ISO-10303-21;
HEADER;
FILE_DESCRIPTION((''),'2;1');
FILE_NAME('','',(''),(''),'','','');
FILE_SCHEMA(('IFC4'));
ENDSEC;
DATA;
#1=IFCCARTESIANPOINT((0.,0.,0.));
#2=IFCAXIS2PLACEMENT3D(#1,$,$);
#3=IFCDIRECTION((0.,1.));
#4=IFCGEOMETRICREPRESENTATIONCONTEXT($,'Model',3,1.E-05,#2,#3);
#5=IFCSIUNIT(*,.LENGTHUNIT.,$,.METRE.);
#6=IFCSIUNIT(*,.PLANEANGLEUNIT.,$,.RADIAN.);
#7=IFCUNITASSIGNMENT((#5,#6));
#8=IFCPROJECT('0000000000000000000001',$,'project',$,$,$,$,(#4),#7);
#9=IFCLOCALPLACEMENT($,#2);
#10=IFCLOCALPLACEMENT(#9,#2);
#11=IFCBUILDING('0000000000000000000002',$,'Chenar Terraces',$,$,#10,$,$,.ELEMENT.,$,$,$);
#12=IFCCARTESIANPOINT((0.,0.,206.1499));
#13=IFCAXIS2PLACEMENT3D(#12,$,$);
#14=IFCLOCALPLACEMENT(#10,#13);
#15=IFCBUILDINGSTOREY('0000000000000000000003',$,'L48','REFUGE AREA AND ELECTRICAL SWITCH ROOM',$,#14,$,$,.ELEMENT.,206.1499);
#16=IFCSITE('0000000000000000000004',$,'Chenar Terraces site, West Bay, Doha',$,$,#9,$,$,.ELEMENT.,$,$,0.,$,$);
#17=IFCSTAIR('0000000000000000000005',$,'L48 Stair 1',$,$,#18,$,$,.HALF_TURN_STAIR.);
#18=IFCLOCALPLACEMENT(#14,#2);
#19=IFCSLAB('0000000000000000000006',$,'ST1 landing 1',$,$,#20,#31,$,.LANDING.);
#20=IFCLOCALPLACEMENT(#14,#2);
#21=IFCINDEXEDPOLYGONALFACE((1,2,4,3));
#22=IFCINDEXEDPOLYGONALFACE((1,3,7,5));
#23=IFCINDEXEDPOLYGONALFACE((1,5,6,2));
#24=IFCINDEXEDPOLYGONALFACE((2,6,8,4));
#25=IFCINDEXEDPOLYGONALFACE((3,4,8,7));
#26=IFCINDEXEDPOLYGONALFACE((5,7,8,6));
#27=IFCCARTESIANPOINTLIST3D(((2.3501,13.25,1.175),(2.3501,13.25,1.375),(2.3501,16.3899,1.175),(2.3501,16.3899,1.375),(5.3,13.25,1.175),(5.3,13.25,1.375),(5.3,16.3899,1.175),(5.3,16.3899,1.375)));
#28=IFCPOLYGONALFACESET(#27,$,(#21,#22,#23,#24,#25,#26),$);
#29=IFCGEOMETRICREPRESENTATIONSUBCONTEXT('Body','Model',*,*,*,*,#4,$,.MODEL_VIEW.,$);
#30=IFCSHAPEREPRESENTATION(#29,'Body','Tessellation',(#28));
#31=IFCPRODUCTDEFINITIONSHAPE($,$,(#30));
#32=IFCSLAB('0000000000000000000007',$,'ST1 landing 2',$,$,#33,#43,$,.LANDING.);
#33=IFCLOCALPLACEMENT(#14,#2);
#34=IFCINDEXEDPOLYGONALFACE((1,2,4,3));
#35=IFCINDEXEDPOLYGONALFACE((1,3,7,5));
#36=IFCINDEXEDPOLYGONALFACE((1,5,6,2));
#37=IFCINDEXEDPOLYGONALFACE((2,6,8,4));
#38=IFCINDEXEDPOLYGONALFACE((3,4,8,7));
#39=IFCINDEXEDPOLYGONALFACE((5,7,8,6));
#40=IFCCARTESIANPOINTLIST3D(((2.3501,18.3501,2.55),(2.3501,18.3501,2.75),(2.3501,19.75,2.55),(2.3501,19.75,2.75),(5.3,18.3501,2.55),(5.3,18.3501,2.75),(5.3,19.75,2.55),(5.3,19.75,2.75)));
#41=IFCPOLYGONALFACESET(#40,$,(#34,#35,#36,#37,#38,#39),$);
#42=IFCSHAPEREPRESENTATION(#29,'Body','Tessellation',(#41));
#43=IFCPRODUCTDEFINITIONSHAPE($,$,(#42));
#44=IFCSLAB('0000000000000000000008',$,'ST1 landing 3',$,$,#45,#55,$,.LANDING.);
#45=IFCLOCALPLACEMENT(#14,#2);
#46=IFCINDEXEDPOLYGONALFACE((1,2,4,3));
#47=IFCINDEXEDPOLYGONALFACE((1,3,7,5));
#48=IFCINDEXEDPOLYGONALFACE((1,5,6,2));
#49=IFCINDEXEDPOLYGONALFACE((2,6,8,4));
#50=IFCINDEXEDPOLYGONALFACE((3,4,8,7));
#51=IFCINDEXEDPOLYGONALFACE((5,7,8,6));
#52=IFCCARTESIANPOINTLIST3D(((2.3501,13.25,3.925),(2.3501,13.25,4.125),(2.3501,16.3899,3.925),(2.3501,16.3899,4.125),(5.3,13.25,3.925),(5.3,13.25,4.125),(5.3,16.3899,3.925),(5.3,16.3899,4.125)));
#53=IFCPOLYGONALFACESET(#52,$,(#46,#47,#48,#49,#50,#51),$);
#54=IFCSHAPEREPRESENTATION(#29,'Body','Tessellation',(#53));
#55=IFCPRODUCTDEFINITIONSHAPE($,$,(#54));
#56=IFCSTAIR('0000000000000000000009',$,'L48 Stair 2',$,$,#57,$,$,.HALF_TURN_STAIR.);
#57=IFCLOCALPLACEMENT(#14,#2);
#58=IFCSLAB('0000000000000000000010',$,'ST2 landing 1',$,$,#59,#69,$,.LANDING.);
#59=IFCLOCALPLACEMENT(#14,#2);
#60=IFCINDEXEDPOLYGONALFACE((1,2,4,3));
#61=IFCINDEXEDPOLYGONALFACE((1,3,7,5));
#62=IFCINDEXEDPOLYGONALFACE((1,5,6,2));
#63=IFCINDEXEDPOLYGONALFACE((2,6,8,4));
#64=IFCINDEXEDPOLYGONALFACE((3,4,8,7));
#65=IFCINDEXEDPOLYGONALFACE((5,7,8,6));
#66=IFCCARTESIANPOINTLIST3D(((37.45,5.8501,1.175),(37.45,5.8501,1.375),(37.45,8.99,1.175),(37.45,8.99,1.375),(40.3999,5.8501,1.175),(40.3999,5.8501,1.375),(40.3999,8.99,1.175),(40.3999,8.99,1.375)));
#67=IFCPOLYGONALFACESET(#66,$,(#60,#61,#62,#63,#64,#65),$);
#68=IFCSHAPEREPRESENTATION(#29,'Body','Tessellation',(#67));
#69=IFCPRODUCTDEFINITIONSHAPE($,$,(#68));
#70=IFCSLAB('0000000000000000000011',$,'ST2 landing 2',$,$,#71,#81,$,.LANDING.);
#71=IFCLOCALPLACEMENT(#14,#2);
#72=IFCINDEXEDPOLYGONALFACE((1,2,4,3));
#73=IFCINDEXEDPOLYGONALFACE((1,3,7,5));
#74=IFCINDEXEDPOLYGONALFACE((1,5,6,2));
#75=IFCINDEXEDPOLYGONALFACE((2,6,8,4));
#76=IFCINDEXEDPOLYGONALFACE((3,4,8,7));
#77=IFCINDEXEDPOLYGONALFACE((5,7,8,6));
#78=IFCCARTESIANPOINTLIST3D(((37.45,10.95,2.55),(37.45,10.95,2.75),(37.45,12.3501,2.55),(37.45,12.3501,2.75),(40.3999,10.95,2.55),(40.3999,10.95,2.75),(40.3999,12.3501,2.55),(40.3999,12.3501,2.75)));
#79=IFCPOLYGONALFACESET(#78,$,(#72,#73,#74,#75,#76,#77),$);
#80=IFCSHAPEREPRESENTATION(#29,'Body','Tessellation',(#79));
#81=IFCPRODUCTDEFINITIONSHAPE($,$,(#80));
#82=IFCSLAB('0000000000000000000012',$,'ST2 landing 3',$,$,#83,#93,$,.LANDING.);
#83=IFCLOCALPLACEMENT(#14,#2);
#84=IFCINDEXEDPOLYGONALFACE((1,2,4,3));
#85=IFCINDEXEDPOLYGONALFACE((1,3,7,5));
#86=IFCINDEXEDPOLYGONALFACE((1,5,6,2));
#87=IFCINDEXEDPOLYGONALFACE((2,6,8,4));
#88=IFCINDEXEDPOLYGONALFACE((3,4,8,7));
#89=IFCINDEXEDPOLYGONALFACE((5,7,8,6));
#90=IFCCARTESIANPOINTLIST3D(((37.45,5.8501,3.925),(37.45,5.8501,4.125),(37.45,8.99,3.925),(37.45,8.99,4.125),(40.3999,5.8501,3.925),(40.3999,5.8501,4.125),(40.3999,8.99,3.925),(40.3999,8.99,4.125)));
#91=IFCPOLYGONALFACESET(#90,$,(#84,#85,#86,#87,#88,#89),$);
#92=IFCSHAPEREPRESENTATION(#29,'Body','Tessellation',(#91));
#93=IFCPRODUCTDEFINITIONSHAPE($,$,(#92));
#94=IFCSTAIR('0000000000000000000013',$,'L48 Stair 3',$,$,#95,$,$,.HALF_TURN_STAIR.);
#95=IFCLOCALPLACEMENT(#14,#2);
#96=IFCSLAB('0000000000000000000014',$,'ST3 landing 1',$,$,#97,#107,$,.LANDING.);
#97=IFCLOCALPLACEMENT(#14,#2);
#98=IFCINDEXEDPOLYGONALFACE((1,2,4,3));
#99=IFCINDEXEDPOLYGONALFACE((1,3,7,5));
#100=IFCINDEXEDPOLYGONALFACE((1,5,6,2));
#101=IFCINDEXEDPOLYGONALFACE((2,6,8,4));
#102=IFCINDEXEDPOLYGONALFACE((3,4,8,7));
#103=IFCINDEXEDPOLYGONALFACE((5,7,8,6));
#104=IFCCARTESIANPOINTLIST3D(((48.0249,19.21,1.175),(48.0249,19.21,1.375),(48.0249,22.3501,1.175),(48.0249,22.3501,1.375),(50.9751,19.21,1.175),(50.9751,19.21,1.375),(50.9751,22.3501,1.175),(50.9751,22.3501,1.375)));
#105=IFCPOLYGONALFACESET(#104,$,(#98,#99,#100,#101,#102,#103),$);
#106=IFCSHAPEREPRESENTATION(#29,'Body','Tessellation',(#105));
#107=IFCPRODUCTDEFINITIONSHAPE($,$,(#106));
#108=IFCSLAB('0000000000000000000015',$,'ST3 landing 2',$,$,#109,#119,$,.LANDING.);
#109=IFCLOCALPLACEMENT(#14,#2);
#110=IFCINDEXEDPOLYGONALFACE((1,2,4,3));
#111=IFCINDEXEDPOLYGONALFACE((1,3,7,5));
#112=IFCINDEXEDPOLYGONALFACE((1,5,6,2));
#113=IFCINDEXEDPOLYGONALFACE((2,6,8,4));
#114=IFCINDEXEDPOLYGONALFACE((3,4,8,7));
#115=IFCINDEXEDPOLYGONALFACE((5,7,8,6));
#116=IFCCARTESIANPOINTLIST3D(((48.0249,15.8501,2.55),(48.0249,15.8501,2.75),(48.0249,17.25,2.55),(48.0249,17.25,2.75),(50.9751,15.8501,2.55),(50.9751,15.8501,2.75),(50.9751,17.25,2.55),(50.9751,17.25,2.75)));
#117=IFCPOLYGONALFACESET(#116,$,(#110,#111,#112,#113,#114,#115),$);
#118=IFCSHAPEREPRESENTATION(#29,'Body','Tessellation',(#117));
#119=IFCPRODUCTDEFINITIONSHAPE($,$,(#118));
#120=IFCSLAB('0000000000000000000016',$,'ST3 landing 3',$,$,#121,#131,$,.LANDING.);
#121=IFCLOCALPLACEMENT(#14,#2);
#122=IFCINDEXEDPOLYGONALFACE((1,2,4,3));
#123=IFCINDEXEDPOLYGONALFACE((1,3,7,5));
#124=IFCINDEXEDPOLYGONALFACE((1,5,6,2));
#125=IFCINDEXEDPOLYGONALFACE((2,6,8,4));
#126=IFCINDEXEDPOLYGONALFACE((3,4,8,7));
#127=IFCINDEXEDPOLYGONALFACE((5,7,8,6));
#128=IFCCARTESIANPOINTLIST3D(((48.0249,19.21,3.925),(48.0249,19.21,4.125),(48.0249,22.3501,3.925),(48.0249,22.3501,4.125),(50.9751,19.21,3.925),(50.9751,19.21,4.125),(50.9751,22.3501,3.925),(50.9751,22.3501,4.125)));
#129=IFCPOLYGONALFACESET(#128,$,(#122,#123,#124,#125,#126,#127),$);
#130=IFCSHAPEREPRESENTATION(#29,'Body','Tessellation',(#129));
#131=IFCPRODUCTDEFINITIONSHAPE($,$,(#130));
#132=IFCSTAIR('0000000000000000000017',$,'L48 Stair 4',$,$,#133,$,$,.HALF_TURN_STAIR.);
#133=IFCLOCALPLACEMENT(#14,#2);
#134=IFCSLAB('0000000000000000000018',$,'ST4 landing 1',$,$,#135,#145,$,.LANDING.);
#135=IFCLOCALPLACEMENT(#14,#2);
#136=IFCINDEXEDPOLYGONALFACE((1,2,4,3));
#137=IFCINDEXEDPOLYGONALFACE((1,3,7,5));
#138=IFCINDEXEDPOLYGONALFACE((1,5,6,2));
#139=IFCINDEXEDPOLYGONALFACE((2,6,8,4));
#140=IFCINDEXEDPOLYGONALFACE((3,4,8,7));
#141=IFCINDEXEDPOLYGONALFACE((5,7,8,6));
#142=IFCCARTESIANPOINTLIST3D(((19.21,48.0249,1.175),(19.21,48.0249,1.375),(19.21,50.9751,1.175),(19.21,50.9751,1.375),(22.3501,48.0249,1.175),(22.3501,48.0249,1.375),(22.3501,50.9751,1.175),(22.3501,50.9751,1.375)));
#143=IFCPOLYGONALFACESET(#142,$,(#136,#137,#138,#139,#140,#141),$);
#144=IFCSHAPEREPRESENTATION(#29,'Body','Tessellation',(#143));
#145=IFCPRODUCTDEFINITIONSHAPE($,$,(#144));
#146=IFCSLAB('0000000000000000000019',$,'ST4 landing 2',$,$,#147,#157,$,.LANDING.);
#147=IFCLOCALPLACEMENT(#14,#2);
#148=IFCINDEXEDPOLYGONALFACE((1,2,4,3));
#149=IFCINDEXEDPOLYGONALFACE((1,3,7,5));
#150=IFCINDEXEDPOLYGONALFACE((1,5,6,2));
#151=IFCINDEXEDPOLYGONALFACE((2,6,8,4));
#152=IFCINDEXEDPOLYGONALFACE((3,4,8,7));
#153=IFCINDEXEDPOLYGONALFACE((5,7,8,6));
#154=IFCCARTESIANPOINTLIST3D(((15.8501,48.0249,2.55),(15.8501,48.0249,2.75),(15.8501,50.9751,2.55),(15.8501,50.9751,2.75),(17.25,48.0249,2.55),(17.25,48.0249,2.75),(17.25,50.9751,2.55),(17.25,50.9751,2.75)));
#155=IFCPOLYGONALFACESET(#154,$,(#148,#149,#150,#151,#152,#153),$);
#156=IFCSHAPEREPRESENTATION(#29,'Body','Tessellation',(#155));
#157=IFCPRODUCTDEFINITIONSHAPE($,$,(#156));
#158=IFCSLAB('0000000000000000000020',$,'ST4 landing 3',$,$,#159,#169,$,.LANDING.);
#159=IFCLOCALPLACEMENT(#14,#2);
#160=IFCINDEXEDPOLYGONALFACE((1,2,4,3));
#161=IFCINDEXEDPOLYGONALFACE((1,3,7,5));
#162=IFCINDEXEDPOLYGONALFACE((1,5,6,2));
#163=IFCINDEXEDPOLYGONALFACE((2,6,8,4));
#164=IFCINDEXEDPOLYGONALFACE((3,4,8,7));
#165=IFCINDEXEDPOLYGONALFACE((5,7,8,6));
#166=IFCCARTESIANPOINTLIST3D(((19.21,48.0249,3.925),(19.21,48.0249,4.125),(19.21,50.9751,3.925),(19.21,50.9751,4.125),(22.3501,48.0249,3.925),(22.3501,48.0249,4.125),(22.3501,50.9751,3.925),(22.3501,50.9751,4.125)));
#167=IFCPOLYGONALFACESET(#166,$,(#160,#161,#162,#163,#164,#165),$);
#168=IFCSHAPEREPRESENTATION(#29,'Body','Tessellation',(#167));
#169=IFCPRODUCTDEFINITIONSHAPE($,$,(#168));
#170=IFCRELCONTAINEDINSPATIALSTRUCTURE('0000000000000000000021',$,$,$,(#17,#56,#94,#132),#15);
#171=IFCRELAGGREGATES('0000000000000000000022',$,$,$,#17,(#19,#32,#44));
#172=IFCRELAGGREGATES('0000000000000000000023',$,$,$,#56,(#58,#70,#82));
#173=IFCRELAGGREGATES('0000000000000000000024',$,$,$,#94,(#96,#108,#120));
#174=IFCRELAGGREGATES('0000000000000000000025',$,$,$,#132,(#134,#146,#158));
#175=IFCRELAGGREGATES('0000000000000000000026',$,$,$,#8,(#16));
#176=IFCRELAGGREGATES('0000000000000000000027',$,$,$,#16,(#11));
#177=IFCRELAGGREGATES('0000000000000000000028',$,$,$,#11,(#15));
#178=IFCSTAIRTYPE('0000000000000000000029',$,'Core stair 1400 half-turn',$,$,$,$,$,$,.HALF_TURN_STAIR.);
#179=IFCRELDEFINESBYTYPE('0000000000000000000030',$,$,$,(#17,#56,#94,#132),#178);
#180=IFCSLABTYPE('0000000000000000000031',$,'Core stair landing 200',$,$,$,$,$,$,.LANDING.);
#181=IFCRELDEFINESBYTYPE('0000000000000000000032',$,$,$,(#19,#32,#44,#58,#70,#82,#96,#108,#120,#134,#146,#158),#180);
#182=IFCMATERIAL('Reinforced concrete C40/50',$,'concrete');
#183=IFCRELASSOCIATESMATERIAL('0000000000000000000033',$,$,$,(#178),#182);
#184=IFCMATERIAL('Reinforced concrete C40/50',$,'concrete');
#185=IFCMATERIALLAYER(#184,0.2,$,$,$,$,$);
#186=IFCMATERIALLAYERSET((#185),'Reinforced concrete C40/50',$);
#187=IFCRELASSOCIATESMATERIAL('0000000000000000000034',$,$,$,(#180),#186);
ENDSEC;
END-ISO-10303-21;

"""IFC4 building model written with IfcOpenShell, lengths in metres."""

from ifc_helpers import new_model, si_unit, direction, frame, origin, place, context, subcontext, project, spatial, polyline, outline, extrude, material, layer, layer_set, type_object, element, aggregate, save


model = new_model("IFC4")

# Units and contexts
model_context = context("Model", 3, precision=1e-05, world=origin(), true_north=direction((0.0, 1.0)))
body_context = subcontext(model_context, "Body", "Model", "MODEL_VIEW")
ifc_project = project(units=[si_unit("LENGTHUNIT", "METRE"), si_unit("PLANEANGLEUNIT", "RADIAN")], contexts=[model_context])

# Site, building, storey
site_placement = place(None, origin())
site = spatial("IfcSite", under=ifc_project, at=site_placement, Name="Chenar Terraces site, West Bay, Doha", CompositionType="ELEMENT", RefElevation=0.0)
building_placement = place(site_placement, origin())
building = spatial("IfcBuilding", under=site, at=building_placement, Name="Chenar Terraces", CompositionType="ELEMENT")
storey_placement = place(building_placement, frame((0.0, 0.0, 206.1499)))
storey = spatial("IfcBuildingStorey", under=building, at=storey_placement, Name="L48", Description="REFUGE AREA AND ELECTRICAL SWITCH ROOM", CompositionType="ELEMENT", Elevation=206.1499)

# Stairs, slabs
ifc_material_1 = material(Name="Reinforced concrete C40/50", Category="concrete")
stair_type = type_object("IfcStairType", Name="Core stair 1400 half-turn", PredefinedType="HALF_TURN_STAIR", material=ifc_material_1)
placement_1 = place(storey_placement, origin())
stair_1 = element("IfcStair", 1, at=placement_1, inside=storey, type_object=stair_type, Name="L48 Stair 1", PredefinedType="HALF_TURN_STAIR")
ifc_material_2 = material(Name="Reinforced concrete C40/50", Category="concrete")
ifc_layer_1 = layer(ifc_material_2, 0.2)
ifc_layer_set_1 = layer_set([ifc_layer_1], Name="Reinforced concrete C40/50")
slab_type_1 = type_object("IfcSlabType", Name="Core stair landing 200", PredefinedType="LANDING", material=ifc_layer_set_1)
placement_2 = place(storey_placement, frame((0.0, 0.0, 1.175)))
slab_1 = element("IfcSlab", 2, at=placement_2, type_object=slab_type_1, Name="ST1 landing 1", PredefinedType="LANDING", context=body_context, shape_type="SweptSolid", body=[
    extrude(outline(polyline([(2.3501, 16.3899), (2.3501, 13.25), (5.3, 13.25), (5.3, 16.3899), (2.3501, 16.3899)])), origin(), (0.0, 0.0, 1.0), 0.2),
])
placement_3 = place(storey_placement, frame((0.0, 0.0, 2.55)))
slab_2 = element("IfcSlab", 3, at=placement_3, type_object=slab_type_1, Name="ST1 landing 2", PredefinedType="LANDING", context=body_context, shape_type="SweptSolid", body=[
    extrude(outline(polyline([(2.3501, 19.75), (2.3501, 18.3501), (5.3, 18.3501), (5.3, 19.75), (2.3501, 19.75)])), origin(), (0.0, 0.0, 1.0), 0.2),
])
placement_4 = place(storey_placement, frame((0.0, 0.0, 3.925)))
slab_3 = element("IfcSlab", 4, at=placement_4, type_object=slab_type_1, Name="ST1 landing 3", PredefinedType="LANDING", context=body_context, shape_type="SweptSolid", body=[
    extrude(outline(polyline([(2.3501, 16.3899), (2.3501, 13.25), (5.3, 13.25), (5.3, 16.3899), (2.3501, 16.3899)])), origin(), (0.0, 0.0, 1.0), 0.2),
])
aggregate(stair_1, [slab_1, slab_2, slab_3])
stair_2 = element("IfcStair", 5, at=placement_1, inside=storey, type_object=stair_type, Name="L48 Stair 2", PredefinedType="HALF_TURN_STAIR")
slab_4 = element("IfcSlab", 6, at=placement_2, type_object=slab_type_1, Name="ST2 landing 1", PredefinedType="LANDING", context=body_context, shape_type="SweptSolid", body=[
    extrude(outline(polyline([(37.45, 8.99), (37.45, 5.8501), (40.3999, 5.8501), (40.3999, 8.99), (37.45, 8.99)])), origin(), (0.0, 0.0, 1.0), 0.2),
])
slab_5 = element("IfcSlab", 7, at=placement_3, type_object=slab_type_1, Name="ST2 landing 2", PredefinedType="LANDING", context=body_context, shape_type="SweptSolid", body=[
    extrude(outline(polyline([(37.45, 12.3501), (37.45, 10.95), (40.3999, 10.95), (40.3999, 12.3501), (37.45, 12.3501)])), origin(), (0.0, 0.0, 1.0), 0.2),
])
slab_6 = element("IfcSlab", 8, at=placement_4, type_object=slab_type_1, Name="ST2 landing 3", PredefinedType="LANDING", context=body_context, shape_type="SweptSolid", body=[
    extrude(outline(polyline([(37.45, 8.99), (37.45, 5.8501), (40.3999, 5.8501), (40.3999, 8.99), (37.45, 8.99)])), origin(), (0.0, 0.0, 1.0), 0.2),
])
aggregate(stair_2, [slab_4, slab_5, slab_6])
stair_3 = element("IfcStair", 9, at=placement_1, inside=storey, type_object=stair_type, Name="L48 Stair 3", PredefinedType="HALF_TURN_STAIR")
slab_7 = element("IfcSlab", 10, at=placement_2, type_object=slab_type_1, Name="ST3 landing 1", PredefinedType="LANDING", context=body_context, shape_type="SweptSolid", body=[
    extrude(outline(polyline([(50.9751, 19.21), (50.9751, 22.3501), (48.0249, 22.3501), (48.0249, 19.21), (50.9751, 19.21)])), origin(), (0.0, 0.0, 1.0), 0.2),
])
slab_8 = element("IfcSlab", 11, at=placement_3, type_object=slab_type_1, Name="ST3 landing 2", PredefinedType="LANDING", context=body_context, shape_type="SweptSolid", body=[
    extrude(outline(polyline([(50.9751, 15.8501), (50.9751, 17.25), (48.0249, 17.25), (48.0249, 15.8501), (50.9751, 15.8501)])), origin(), (0.0, 0.0, 1.0), 0.2),
])
slab_9 = element("IfcSlab", 12, at=placement_4, type_object=slab_type_1, Name="ST3 landing 3", PredefinedType="LANDING", context=body_context, shape_type="SweptSolid", body=[
    extrude(outline(polyline([(50.9751, 19.21), (50.9751, 22.3501), (48.0249, 22.3501), (48.0249, 19.21), (50.9751, 19.21)])), origin(), (0.0, 0.0, 1.0), 0.2),
])
aggregate(stair_3, [slab_7, slab_8, slab_9])
stair_4 = element("IfcStair", 13, at=placement_1, inside=storey, type_object=stair_type, Name="L48 Stair 4", PredefinedType="HALF_TURN_STAIR")
slab_10 = element("IfcSlab", 14, at=placement_2, type_object=slab_type_1, Name="ST4 landing 1", PredefinedType="LANDING", context=body_context, shape_type="SweptSolid", body=[
    extrude(outline(polyline([(19.21, 48.0249), (22.3501, 48.0249), (22.3501, 50.9751), (19.21, 50.9751), (19.21, 48.0249)])), origin(), (0.0, 0.0, 1.0), 0.2),
])
slab_11 = element("IfcSlab", 15, at=placement_3, type_object=slab_type_1, Name="ST4 landing 2", PredefinedType="LANDING", context=body_context, shape_type="SweptSolid", body=[
    extrude(outline(polyline([(15.8501, 48.0249), (17.25, 48.0249), (17.25, 50.9751), (15.8501, 50.9751), (15.8501, 48.0249)])), origin(), (0.0, 0.0, 1.0), 0.2),
])
slab_12 = element("IfcSlab", 16, at=placement_4, type_object=slab_type_1, Name="ST4 landing 3", PredefinedType="LANDING", context=body_context, shape_type="SweptSolid", body=[
    extrude(outline(polyline([(19.21, 48.0249), (22.3501, 48.0249), (22.3501, 50.9751), (19.21, 50.9751), (19.21, 48.0249)])), origin(), (0.0, 0.0, 1.0), 0.2),
])
aggregate(stair_4, [slab_10, slab_11, slab_12])

save(model, "model.ifc")
